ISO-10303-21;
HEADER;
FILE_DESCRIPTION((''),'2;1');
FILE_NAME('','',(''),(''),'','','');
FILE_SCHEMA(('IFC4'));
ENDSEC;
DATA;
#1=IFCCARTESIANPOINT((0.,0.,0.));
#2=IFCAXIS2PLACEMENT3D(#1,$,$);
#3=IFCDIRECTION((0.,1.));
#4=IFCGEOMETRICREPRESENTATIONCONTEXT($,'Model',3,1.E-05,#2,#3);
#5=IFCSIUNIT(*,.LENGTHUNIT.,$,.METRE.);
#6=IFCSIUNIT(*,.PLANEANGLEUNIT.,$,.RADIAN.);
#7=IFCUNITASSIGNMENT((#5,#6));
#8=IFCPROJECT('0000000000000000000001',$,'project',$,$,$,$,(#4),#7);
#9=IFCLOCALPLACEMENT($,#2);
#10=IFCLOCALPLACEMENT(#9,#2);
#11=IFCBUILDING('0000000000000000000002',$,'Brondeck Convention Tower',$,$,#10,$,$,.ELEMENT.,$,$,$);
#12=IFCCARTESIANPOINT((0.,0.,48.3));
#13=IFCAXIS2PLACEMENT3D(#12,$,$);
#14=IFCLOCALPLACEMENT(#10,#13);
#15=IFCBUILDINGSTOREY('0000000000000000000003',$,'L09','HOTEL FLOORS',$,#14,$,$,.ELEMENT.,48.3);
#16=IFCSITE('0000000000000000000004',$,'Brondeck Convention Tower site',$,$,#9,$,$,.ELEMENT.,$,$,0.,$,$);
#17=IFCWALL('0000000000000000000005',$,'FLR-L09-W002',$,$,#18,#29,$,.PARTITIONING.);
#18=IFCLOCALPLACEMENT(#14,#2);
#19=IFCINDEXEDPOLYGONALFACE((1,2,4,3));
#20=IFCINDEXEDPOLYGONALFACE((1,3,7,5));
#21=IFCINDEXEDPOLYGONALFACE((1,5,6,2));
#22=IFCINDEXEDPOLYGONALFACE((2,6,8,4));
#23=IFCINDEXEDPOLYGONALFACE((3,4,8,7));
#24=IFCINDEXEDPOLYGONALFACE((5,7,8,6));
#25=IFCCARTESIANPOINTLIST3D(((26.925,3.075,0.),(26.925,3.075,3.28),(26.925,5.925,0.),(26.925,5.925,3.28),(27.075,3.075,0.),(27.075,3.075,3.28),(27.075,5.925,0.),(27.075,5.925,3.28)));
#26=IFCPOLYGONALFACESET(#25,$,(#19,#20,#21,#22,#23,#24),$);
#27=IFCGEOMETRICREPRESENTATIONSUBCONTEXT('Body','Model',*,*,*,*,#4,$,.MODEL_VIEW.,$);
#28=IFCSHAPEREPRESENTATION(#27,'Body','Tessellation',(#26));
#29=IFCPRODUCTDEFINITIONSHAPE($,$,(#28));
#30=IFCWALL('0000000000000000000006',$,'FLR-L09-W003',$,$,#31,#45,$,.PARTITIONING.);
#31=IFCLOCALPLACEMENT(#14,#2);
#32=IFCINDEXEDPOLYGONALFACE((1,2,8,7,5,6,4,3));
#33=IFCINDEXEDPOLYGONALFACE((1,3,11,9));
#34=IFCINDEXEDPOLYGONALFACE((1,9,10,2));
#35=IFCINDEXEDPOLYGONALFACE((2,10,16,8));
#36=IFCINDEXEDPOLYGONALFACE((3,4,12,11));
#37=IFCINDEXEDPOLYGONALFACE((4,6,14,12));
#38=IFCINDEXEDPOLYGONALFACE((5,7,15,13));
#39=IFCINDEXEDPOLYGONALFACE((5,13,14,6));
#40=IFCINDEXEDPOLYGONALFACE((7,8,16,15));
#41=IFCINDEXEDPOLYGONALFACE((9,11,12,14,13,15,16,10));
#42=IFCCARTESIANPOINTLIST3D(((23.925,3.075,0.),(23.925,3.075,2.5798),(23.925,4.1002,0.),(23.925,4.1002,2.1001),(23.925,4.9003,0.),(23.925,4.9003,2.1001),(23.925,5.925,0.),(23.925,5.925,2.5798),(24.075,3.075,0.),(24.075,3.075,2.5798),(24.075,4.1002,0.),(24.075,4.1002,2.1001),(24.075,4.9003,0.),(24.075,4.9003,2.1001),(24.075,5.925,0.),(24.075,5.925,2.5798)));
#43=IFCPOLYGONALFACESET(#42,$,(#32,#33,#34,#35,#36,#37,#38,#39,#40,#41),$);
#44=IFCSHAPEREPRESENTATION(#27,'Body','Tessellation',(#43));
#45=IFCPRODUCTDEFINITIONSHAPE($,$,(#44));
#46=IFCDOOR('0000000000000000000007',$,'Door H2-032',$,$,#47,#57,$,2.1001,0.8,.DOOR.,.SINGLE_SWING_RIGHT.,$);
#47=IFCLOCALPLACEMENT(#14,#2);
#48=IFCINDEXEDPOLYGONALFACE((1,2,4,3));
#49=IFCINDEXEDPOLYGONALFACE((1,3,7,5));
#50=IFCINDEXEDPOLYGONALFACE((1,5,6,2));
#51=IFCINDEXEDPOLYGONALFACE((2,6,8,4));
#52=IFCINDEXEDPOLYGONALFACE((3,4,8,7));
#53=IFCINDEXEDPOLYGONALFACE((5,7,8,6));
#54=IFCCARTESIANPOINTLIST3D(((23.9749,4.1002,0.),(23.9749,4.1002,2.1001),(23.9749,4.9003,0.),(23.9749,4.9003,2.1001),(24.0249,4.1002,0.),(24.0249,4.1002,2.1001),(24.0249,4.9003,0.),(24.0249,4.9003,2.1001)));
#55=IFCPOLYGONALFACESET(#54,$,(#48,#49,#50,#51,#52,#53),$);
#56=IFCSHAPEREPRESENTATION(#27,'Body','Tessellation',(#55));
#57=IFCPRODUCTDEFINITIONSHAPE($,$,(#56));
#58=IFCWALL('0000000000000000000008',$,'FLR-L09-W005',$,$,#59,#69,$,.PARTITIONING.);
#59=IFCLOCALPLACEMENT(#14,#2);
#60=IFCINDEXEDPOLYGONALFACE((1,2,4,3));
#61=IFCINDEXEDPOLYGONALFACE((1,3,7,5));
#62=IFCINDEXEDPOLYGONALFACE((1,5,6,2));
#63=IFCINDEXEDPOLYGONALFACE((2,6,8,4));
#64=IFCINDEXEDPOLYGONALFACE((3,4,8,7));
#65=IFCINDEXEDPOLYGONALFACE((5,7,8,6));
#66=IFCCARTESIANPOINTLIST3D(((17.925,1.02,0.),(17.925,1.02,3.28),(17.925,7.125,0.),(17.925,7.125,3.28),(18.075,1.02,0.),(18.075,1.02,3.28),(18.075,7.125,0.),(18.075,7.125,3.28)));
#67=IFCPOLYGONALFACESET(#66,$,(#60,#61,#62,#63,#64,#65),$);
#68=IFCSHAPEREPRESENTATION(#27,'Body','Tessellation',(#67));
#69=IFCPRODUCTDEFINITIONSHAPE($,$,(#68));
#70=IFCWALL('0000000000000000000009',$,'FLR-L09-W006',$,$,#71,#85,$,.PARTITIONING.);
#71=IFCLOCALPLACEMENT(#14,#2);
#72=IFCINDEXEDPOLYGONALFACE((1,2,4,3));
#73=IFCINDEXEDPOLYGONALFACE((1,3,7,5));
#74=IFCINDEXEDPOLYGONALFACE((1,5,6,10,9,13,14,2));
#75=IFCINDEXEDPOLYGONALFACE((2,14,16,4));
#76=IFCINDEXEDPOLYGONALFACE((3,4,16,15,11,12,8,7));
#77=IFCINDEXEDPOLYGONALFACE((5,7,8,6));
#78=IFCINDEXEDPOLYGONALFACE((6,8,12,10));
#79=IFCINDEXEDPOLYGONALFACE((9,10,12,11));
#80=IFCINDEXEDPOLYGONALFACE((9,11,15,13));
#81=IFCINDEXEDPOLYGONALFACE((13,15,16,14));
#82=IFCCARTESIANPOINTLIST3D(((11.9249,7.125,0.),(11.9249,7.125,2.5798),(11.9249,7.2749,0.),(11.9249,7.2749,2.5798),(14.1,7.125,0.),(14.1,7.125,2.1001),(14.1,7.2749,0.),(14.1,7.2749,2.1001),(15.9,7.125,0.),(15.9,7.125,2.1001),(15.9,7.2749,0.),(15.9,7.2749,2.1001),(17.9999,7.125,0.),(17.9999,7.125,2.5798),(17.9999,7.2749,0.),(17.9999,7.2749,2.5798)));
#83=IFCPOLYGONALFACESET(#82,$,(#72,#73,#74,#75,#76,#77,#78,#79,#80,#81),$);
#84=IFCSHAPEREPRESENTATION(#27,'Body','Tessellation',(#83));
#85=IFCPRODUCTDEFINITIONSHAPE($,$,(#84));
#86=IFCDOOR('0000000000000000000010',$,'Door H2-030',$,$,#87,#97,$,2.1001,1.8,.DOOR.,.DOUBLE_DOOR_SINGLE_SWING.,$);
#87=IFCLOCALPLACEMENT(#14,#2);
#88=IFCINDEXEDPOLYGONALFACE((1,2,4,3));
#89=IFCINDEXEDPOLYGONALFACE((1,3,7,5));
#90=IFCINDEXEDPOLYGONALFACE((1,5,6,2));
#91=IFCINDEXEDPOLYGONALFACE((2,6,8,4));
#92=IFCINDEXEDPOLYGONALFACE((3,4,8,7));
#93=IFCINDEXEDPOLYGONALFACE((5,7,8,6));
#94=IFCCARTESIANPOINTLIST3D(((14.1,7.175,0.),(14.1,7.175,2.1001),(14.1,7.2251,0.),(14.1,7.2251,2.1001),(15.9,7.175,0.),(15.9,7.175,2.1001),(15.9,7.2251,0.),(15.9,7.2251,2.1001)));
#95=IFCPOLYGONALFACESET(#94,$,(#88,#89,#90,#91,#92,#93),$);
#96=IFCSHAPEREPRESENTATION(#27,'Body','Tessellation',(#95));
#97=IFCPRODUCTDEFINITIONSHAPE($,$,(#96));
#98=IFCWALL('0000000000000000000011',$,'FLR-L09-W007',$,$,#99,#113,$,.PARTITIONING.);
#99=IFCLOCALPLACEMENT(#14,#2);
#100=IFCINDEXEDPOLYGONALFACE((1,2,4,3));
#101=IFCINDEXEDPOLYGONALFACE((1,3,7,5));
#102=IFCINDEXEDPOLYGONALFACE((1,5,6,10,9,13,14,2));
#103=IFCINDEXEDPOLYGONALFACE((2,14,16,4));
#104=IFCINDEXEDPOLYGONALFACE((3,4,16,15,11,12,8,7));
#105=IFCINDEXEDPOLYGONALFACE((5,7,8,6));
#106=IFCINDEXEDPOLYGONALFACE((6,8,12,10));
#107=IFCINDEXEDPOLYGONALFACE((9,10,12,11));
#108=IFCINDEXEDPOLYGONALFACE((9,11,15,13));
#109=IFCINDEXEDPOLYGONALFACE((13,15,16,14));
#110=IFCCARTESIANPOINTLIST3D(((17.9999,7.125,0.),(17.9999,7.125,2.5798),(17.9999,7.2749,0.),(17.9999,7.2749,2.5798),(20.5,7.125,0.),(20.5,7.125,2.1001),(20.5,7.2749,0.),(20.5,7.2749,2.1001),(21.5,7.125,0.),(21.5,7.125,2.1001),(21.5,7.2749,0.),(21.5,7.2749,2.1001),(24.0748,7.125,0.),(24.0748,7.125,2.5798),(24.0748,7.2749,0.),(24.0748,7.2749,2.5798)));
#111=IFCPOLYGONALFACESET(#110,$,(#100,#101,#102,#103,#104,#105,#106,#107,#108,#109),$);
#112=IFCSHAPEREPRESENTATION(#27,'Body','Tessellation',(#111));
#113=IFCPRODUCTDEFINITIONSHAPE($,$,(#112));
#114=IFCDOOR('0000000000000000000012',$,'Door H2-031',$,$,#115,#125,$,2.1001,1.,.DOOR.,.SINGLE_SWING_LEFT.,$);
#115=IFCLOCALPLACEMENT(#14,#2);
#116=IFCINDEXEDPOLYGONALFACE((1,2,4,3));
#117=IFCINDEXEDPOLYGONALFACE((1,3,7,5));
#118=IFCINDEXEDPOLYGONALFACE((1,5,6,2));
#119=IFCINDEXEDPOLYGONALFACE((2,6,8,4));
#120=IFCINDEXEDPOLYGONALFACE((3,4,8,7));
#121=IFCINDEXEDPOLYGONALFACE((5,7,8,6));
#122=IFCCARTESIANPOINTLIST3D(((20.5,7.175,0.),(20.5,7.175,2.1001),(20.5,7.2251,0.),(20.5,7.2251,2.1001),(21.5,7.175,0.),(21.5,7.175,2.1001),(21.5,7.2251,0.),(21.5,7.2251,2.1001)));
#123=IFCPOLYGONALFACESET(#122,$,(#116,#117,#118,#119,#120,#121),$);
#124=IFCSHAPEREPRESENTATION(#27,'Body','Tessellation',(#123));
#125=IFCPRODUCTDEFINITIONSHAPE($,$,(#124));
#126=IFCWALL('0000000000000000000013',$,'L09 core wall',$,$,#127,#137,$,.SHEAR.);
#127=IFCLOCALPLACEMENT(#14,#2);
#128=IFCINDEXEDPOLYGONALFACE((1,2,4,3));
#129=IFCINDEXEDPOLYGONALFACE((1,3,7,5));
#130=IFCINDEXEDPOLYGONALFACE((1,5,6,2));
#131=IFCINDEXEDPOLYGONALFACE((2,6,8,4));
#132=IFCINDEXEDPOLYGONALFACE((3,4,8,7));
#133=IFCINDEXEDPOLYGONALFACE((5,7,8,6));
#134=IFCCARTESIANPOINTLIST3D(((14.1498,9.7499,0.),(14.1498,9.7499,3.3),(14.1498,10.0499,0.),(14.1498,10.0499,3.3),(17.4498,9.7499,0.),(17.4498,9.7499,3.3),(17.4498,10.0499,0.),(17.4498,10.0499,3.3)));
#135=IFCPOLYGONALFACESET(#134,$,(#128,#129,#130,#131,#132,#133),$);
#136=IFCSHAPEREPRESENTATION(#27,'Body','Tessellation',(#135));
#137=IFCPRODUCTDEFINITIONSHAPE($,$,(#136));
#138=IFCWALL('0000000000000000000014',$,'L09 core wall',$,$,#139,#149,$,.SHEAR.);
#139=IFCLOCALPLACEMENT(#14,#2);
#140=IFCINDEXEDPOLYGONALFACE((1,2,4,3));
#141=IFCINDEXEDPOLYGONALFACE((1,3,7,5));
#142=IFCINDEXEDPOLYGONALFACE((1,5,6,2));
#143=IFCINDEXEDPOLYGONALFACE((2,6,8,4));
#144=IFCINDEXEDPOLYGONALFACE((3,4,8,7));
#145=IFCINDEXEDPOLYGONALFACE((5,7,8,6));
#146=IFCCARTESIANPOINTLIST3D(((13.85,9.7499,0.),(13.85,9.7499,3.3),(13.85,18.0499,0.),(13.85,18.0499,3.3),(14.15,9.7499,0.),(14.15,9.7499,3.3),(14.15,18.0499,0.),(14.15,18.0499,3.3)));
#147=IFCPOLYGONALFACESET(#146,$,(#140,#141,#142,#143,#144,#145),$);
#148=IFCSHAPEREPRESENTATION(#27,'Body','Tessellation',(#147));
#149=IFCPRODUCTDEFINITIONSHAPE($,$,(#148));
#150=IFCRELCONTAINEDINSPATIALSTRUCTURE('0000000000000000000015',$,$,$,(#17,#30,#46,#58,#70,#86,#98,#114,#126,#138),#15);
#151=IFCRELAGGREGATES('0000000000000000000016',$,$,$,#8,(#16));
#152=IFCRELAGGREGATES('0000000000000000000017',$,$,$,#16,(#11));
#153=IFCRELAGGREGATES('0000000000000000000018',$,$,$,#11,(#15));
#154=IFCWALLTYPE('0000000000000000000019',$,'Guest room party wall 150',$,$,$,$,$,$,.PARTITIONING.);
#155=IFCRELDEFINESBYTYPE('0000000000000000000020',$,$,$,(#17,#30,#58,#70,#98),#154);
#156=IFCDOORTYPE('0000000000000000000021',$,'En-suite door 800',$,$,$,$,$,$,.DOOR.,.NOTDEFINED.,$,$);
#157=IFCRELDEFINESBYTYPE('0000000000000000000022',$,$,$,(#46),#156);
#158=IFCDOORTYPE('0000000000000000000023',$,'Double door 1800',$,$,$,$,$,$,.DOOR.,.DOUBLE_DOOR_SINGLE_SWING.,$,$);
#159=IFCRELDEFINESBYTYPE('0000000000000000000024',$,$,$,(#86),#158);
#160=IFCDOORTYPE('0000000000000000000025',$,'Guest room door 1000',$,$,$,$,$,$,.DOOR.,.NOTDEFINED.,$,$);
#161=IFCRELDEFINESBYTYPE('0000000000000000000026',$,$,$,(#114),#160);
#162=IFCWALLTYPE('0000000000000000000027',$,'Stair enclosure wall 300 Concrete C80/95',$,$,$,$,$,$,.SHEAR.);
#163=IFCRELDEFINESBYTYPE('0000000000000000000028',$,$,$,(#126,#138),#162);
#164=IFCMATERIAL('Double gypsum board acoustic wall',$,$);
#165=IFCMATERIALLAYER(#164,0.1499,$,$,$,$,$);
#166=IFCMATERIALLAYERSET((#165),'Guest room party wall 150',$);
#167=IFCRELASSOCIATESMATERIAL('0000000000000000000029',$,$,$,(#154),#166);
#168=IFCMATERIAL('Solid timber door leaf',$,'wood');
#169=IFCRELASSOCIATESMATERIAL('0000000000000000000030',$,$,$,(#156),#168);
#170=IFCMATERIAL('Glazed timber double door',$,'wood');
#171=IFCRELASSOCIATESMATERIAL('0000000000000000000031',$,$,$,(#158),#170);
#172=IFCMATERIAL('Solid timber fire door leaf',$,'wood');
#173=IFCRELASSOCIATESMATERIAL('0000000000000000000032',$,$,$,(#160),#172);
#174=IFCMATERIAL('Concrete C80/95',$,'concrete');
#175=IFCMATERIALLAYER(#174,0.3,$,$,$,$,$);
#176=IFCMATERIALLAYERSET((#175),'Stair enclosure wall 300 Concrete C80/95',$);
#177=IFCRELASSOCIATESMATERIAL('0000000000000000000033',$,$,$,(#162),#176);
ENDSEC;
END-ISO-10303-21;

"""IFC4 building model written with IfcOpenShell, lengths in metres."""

from ifc_helpers import new_model, si_unit, direction, frame, frame_2d, origin, place, context, subcontext, project, spatial, rectangle, extrude, material, layer, layer_set, type_object, element, fill, save


model = new_model("IFC4")

# Units and contexts
model_context = context("Model", 3, precision=1e-05, world=origin(), true_north=direction((0.0, 1.0)))
body_context = subcontext(model_context, "Body", "Model", "MODEL_VIEW")
ifc_project = project(units=[si_unit("LENGTHUNIT", "METRE"), si_unit("PLANEANGLEUNIT", "RADIAN")], contexts=[model_context])

# Site, building, storey
site_placement = place(None, origin())
site = spatial("IfcSite", under=ifc_project, at=site_placement, Name="Brondeck Convention Tower site", CompositionType="ELEMENT", RefElevation=0.0)
building_placement = place(site_placement, origin())
building = spatial("IfcBuilding", under=site, at=building_placement, Name="Brondeck Convention Tower", CompositionType="ELEMENT")
storey_placement = place(building_placement, frame((0.0, 0.0, 48.3)))
storey = spatial("IfcBuildingStorey", under=building, at=storey_placement, Name="L09", Description="HOTEL FLOORS", CompositionType="ELEMENT", Elevation=48.3)

# Shared definitions
ifc_material_1 = material(Name="Concrete C80/95", Category="concrete")

# Wall
ifc_material_2 = material(Name="Double gypsum board acoustic wall")
ifc_layer_1 = layer(ifc_material_2, 0.1499)
ifc_layer_set_1 = layer_set([ifc_layer_1], Name="Guest room party wall 150")
wall_type_1 = type_object("IfcWallType", Name="Guest room party wall 150", PredefinedType="PARTITIONING", material=ifc_layer_set_1)
wall_1_placement = place(storey_placement, frame((27.0, 3.075, 0.0), z_axis=(0.0, 0.0, 1.0), x_axis=(0.0, 1.0, 0.0)))
element("IfcWall", 1, at=wall_1_placement, inside=storey, type_object=wall_type_1, Name="FLR-L09-W002", PredefinedType="PARTITIONING", context=body_context, shape_type="SweptSolid", body=[
    extrude(rectangle(XDim=2.8501, YDim=0.1499, at=frame_2d((1.425, 0.0))), origin(), (0.0, 0.0, 1.0), 3.28),
])

# Wall, opening, door
wall_2_placement = place(storey_placement, frame((24.0, 5.925, 0.0), z_axis=(0.0, 0.0, 1.0), x_axis=(0.0, -1.0, 0.0)))
wall_2 = element("IfcWall", 2, at=wall_2_placement, inside=storey, type_object=wall_type_1, Name="FLR-L09-W003", PredefinedType="PARTITIONING", context=body_context, shape_type="SweptSolid", body=[
    extrude(rectangle(XDim=2.8501, YDim=0.1499, at=frame_2d((1.425, 0.0))), origin(), (0.0, 0.0, 1.0), 2.5798),
])
opening_1_placement = place(wall_2_placement, frame((1.0249, 0.0, 0.0)))
opening_1 = element("IfcOpeningElement", 3, at=opening_1_placement, cuts=wall_2, PredefinedType="OPENING", context=body_context, shape_type="SweptSolid", body=[
    extrude(rectangle(XDim=0.8, YDim=2.1001, at=frame_2d((0.3999, 1.05))), frame((0.0, 0.085, 0.0), z_axis=(0.0, -1.0, 0.0), x_axis=(1.0, 0.0, 0.0)), (0.0, 0.0, 1.0), 0.1699),
])
ifc_material_3 = material(Name="Solid timber door leaf", Category="wood")
door_type_1 = type_object("IfcDoorType", Name="En-suite door 800", OperationType="NOTDEFINED", PredefinedType="DOOR", material=ifc_material_3)
door_1_placement = place(opening_1_placement, origin())
door_1 = element("IfcDoor", 4, at=door_1_placement, inside=storey, type_object=door_type_1, Name="Door H2-032", OperationType="SINGLE_SWING_RIGHT", OverallHeight=2.1001, OverallWidth=0.8, PredefinedType="DOOR", context=body_context, shape_type="SweptSolid", body=[
    extrude(rectangle(XDim=0.8, YDim=2.1001, at=frame_2d((0.3999, 1.05))), frame((0.0, 0.0249, 0.0), z_axis=(0.0, -1.0, 0.0), x_axis=(1.0, 0.0, 0.0)), (0.0, 0.0, 1.0), 0.05),
])
fill(opening_1, door_1)

# Wall
wall_3_placement = place(storey_placement, frame((18.0, 7.125, 0.0), z_axis=(0.0, 0.0, 1.0), x_axis=(0.0, -1.0, 0.0)))
element("IfcWall", 5, at=wall_3_placement, inside=storey, type_object=wall_type_1, Name="FLR-L09-W005", PredefinedType="PARTITIONING", context=body_context, shape_type="SweptSolid", body=[
    extrude(rectangle(XDim=6.105, YDim=0.1499, at=frame_2d((3.0525, 0.0))), origin(), (0.0, 0.0, 1.0), 3.28),
])

# Walls, openings, doors
wall_4_placement = place(storey_placement, frame((18.0, 7.2, 0.0), z_axis=(0.0, 0.0, 1.0), x_axis=(-1.0, 0.0, 0.0)))
wall_4 = element("IfcWall", 6, at=wall_4_placement, inside=storey, type_object=wall_type_1, Name="FLR-L09-W006", PredefinedType="PARTITIONING", context=body_context, shape_type="SweptSolid", body=[
    extrude(rectangle(XDim=6.075, YDim=0.1499, at=frame_2d((3.0376, 0.0))), origin(), (0.0, 0.0, 1.0), 2.5798),
])
opening_2_placement = place(wall_4_placement, frame((2.1001, 0.0, 0.0)))
opening_2 = element("IfcOpeningElement", 7, at=opening_2_placement, cuts=wall_4, PredefinedType="OPENING", context=body_context, shape_type="SweptSolid", body=[
    extrude(rectangle(XDim=1.8, YDim=2.1001, at=frame_2d((0.8999, 1.05))), frame((0.0, 0.085, 0.0), z_axis=(0.0, -1.0, 0.0), x_axis=(1.0, 0.0, 0.0)), (0.0, 0.0, 1.0), 0.1699),
])
ifc_material_4 = material(Name="Glazed timber double door", Category="wood")
door_type_2 = type_object("IfcDoorType", Name="Double door 1800", OperationType="DOUBLE_DOOR_SINGLE_SWING", PredefinedType="DOOR", material=ifc_material_4)
door_2_placement = place(opening_2_placement, origin())
door_2 = element("IfcDoor", 8, at=door_2_placement, inside=storey, type_object=door_type_2, Name="Door H2-030", OperationType="DOUBLE_DOOR_SINGLE_SWING", OverallHeight=2.1001, OverallWidth=1.8, PredefinedType="DOOR", context=body_context, shape_type="SweptSolid", body=[
    extrude(rectangle(XDim=1.8, YDim=2.1001, at=frame_2d((0.8999, 1.05))), frame((0.0, 0.0249, 0.0), z_axis=(0.0, -1.0, 0.0), x_axis=(1.0, 0.0, 0.0)), (0.0, 0.0, 1.0), 0.05),
])
fill(opening_2, door_2)
wall_5_placement = place(storey_placement, frame((24.075, 7.2, 0.0), z_axis=(0.0, 0.0, 1.0), x_axis=(-1.0, 0.0, 0.0)))
wall_5 = element("IfcWall", 9, at=wall_5_placement, inside=storey, type_object=wall_type_1, Name="FLR-L09-W007", PredefinedType="PARTITIONING", context=body_context, shape_type="SweptSolid", body=[
    extrude(rectangle(XDim=6.075, YDim=0.1499, at=frame_2d((3.0376, 0.0))), origin(), (0.0, 0.0, 1.0), 2.5798),
])
opening_3_placement = place(wall_5_placement, frame((2.575, 0.0, 0.0)))
opening_3 = element("IfcOpeningElement", 10, at=opening_3_placement, cuts=wall_5, PredefinedType="OPENING", context=body_context, shape_type="SweptSolid", body=[
    extrude(rectangle(XDim=1.0, YDim=2.1001, at=frame_2d((0.5, 1.05))), frame((0.0, 0.085, 0.0), z_axis=(0.0, -1.0, 0.0), x_axis=(1.0, 0.0, 0.0)), (0.0, 0.0, 1.0), 0.1699),
])
ifc_material_5 = material(Name="Solid timber fire door leaf", Category="wood")
door_type_3 = type_object("IfcDoorType", Name="Guest room door 1000", OperationType="NOTDEFINED", PredefinedType="DOOR", material=ifc_material_5)
door_3_placement = place(opening_3_placement, origin())
door_3 = element("IfcDoor", 11, at=door_3_placement, inside=storey, type_object=door_type_3, Name="Door H2-031", OperationType="SINGLE_SWING_LEFT", OverallHeight=2.1001, OverallWidth=1.0, PredefinedType="DOOR", context=body_context, shape_type="SweptSolid", body=[
    extrude(rectangle(XDim=1.0, YDim=2.1001, at=frame_2d((0.5, 1.05))), frame((0.0, 0.0249, 0.0), z_axis=(0.0, -1.0, 0.0), x_axis=(1.0, 0.0, 0.0)), (0.0, 0.0, 1.0), 0.05),
])
fill(opening_3, door_3)

# Walls
ifc_layer_2 = layer(ifc_material_1, 0.3)
ifc_layer_set_2 = layer_set([ifc_layer_2], Name="Stair enclosure wall 300 Concrete C80/95")
wall_type_2 = type_object("IfcWallType", Name="Stair enclosure wall 300 Concrete C80/95", PredefinedType="SHEAR", material=ifc_layer_set_2)
wall_6_placement = place(storey_placement, frame((14.1499, 9.8999, 0.0), z_axis=(0.0, 0.0, 1.0), x_axis=(1.0, 0.0, 0.0)))
element("IfcWall", 12, at=wall_6_placement, inside=storey, type_object=wall_type_2, Name="L09 core wall", PredefinedType="SHEAR", context=body_context, shape_type="SweptSolid", body=[
    extrude(rectangle(XDim=3.3, YDim=0.3, at=frame_2d((1.6499, 0.0))), origin(), (0.0, 0.0, 1.0), 3.3),
])
wall_7_placement = place(storey_placement, frame((14.0, 9.75, 0.0), z_axis=(0.0, 0.0, 1.0), x_axis=(0.0, 1.0, 0.0)))
element("IfcWall", 13, at=wall_7_placement, inside=storey, type_object=wall_type_2, Name="L09 core wall", PredefinedType="SHEAR", context=body_context, shape_type="SweptSolid", body=[
    extrude(rectangle(XDim=8.3, YDim=0.3, at=frame_2d((4.1499, 0.0))), origin(), (0.0, 0.0, 1.0), 3.3),
])

save(model, "model.ifc")
